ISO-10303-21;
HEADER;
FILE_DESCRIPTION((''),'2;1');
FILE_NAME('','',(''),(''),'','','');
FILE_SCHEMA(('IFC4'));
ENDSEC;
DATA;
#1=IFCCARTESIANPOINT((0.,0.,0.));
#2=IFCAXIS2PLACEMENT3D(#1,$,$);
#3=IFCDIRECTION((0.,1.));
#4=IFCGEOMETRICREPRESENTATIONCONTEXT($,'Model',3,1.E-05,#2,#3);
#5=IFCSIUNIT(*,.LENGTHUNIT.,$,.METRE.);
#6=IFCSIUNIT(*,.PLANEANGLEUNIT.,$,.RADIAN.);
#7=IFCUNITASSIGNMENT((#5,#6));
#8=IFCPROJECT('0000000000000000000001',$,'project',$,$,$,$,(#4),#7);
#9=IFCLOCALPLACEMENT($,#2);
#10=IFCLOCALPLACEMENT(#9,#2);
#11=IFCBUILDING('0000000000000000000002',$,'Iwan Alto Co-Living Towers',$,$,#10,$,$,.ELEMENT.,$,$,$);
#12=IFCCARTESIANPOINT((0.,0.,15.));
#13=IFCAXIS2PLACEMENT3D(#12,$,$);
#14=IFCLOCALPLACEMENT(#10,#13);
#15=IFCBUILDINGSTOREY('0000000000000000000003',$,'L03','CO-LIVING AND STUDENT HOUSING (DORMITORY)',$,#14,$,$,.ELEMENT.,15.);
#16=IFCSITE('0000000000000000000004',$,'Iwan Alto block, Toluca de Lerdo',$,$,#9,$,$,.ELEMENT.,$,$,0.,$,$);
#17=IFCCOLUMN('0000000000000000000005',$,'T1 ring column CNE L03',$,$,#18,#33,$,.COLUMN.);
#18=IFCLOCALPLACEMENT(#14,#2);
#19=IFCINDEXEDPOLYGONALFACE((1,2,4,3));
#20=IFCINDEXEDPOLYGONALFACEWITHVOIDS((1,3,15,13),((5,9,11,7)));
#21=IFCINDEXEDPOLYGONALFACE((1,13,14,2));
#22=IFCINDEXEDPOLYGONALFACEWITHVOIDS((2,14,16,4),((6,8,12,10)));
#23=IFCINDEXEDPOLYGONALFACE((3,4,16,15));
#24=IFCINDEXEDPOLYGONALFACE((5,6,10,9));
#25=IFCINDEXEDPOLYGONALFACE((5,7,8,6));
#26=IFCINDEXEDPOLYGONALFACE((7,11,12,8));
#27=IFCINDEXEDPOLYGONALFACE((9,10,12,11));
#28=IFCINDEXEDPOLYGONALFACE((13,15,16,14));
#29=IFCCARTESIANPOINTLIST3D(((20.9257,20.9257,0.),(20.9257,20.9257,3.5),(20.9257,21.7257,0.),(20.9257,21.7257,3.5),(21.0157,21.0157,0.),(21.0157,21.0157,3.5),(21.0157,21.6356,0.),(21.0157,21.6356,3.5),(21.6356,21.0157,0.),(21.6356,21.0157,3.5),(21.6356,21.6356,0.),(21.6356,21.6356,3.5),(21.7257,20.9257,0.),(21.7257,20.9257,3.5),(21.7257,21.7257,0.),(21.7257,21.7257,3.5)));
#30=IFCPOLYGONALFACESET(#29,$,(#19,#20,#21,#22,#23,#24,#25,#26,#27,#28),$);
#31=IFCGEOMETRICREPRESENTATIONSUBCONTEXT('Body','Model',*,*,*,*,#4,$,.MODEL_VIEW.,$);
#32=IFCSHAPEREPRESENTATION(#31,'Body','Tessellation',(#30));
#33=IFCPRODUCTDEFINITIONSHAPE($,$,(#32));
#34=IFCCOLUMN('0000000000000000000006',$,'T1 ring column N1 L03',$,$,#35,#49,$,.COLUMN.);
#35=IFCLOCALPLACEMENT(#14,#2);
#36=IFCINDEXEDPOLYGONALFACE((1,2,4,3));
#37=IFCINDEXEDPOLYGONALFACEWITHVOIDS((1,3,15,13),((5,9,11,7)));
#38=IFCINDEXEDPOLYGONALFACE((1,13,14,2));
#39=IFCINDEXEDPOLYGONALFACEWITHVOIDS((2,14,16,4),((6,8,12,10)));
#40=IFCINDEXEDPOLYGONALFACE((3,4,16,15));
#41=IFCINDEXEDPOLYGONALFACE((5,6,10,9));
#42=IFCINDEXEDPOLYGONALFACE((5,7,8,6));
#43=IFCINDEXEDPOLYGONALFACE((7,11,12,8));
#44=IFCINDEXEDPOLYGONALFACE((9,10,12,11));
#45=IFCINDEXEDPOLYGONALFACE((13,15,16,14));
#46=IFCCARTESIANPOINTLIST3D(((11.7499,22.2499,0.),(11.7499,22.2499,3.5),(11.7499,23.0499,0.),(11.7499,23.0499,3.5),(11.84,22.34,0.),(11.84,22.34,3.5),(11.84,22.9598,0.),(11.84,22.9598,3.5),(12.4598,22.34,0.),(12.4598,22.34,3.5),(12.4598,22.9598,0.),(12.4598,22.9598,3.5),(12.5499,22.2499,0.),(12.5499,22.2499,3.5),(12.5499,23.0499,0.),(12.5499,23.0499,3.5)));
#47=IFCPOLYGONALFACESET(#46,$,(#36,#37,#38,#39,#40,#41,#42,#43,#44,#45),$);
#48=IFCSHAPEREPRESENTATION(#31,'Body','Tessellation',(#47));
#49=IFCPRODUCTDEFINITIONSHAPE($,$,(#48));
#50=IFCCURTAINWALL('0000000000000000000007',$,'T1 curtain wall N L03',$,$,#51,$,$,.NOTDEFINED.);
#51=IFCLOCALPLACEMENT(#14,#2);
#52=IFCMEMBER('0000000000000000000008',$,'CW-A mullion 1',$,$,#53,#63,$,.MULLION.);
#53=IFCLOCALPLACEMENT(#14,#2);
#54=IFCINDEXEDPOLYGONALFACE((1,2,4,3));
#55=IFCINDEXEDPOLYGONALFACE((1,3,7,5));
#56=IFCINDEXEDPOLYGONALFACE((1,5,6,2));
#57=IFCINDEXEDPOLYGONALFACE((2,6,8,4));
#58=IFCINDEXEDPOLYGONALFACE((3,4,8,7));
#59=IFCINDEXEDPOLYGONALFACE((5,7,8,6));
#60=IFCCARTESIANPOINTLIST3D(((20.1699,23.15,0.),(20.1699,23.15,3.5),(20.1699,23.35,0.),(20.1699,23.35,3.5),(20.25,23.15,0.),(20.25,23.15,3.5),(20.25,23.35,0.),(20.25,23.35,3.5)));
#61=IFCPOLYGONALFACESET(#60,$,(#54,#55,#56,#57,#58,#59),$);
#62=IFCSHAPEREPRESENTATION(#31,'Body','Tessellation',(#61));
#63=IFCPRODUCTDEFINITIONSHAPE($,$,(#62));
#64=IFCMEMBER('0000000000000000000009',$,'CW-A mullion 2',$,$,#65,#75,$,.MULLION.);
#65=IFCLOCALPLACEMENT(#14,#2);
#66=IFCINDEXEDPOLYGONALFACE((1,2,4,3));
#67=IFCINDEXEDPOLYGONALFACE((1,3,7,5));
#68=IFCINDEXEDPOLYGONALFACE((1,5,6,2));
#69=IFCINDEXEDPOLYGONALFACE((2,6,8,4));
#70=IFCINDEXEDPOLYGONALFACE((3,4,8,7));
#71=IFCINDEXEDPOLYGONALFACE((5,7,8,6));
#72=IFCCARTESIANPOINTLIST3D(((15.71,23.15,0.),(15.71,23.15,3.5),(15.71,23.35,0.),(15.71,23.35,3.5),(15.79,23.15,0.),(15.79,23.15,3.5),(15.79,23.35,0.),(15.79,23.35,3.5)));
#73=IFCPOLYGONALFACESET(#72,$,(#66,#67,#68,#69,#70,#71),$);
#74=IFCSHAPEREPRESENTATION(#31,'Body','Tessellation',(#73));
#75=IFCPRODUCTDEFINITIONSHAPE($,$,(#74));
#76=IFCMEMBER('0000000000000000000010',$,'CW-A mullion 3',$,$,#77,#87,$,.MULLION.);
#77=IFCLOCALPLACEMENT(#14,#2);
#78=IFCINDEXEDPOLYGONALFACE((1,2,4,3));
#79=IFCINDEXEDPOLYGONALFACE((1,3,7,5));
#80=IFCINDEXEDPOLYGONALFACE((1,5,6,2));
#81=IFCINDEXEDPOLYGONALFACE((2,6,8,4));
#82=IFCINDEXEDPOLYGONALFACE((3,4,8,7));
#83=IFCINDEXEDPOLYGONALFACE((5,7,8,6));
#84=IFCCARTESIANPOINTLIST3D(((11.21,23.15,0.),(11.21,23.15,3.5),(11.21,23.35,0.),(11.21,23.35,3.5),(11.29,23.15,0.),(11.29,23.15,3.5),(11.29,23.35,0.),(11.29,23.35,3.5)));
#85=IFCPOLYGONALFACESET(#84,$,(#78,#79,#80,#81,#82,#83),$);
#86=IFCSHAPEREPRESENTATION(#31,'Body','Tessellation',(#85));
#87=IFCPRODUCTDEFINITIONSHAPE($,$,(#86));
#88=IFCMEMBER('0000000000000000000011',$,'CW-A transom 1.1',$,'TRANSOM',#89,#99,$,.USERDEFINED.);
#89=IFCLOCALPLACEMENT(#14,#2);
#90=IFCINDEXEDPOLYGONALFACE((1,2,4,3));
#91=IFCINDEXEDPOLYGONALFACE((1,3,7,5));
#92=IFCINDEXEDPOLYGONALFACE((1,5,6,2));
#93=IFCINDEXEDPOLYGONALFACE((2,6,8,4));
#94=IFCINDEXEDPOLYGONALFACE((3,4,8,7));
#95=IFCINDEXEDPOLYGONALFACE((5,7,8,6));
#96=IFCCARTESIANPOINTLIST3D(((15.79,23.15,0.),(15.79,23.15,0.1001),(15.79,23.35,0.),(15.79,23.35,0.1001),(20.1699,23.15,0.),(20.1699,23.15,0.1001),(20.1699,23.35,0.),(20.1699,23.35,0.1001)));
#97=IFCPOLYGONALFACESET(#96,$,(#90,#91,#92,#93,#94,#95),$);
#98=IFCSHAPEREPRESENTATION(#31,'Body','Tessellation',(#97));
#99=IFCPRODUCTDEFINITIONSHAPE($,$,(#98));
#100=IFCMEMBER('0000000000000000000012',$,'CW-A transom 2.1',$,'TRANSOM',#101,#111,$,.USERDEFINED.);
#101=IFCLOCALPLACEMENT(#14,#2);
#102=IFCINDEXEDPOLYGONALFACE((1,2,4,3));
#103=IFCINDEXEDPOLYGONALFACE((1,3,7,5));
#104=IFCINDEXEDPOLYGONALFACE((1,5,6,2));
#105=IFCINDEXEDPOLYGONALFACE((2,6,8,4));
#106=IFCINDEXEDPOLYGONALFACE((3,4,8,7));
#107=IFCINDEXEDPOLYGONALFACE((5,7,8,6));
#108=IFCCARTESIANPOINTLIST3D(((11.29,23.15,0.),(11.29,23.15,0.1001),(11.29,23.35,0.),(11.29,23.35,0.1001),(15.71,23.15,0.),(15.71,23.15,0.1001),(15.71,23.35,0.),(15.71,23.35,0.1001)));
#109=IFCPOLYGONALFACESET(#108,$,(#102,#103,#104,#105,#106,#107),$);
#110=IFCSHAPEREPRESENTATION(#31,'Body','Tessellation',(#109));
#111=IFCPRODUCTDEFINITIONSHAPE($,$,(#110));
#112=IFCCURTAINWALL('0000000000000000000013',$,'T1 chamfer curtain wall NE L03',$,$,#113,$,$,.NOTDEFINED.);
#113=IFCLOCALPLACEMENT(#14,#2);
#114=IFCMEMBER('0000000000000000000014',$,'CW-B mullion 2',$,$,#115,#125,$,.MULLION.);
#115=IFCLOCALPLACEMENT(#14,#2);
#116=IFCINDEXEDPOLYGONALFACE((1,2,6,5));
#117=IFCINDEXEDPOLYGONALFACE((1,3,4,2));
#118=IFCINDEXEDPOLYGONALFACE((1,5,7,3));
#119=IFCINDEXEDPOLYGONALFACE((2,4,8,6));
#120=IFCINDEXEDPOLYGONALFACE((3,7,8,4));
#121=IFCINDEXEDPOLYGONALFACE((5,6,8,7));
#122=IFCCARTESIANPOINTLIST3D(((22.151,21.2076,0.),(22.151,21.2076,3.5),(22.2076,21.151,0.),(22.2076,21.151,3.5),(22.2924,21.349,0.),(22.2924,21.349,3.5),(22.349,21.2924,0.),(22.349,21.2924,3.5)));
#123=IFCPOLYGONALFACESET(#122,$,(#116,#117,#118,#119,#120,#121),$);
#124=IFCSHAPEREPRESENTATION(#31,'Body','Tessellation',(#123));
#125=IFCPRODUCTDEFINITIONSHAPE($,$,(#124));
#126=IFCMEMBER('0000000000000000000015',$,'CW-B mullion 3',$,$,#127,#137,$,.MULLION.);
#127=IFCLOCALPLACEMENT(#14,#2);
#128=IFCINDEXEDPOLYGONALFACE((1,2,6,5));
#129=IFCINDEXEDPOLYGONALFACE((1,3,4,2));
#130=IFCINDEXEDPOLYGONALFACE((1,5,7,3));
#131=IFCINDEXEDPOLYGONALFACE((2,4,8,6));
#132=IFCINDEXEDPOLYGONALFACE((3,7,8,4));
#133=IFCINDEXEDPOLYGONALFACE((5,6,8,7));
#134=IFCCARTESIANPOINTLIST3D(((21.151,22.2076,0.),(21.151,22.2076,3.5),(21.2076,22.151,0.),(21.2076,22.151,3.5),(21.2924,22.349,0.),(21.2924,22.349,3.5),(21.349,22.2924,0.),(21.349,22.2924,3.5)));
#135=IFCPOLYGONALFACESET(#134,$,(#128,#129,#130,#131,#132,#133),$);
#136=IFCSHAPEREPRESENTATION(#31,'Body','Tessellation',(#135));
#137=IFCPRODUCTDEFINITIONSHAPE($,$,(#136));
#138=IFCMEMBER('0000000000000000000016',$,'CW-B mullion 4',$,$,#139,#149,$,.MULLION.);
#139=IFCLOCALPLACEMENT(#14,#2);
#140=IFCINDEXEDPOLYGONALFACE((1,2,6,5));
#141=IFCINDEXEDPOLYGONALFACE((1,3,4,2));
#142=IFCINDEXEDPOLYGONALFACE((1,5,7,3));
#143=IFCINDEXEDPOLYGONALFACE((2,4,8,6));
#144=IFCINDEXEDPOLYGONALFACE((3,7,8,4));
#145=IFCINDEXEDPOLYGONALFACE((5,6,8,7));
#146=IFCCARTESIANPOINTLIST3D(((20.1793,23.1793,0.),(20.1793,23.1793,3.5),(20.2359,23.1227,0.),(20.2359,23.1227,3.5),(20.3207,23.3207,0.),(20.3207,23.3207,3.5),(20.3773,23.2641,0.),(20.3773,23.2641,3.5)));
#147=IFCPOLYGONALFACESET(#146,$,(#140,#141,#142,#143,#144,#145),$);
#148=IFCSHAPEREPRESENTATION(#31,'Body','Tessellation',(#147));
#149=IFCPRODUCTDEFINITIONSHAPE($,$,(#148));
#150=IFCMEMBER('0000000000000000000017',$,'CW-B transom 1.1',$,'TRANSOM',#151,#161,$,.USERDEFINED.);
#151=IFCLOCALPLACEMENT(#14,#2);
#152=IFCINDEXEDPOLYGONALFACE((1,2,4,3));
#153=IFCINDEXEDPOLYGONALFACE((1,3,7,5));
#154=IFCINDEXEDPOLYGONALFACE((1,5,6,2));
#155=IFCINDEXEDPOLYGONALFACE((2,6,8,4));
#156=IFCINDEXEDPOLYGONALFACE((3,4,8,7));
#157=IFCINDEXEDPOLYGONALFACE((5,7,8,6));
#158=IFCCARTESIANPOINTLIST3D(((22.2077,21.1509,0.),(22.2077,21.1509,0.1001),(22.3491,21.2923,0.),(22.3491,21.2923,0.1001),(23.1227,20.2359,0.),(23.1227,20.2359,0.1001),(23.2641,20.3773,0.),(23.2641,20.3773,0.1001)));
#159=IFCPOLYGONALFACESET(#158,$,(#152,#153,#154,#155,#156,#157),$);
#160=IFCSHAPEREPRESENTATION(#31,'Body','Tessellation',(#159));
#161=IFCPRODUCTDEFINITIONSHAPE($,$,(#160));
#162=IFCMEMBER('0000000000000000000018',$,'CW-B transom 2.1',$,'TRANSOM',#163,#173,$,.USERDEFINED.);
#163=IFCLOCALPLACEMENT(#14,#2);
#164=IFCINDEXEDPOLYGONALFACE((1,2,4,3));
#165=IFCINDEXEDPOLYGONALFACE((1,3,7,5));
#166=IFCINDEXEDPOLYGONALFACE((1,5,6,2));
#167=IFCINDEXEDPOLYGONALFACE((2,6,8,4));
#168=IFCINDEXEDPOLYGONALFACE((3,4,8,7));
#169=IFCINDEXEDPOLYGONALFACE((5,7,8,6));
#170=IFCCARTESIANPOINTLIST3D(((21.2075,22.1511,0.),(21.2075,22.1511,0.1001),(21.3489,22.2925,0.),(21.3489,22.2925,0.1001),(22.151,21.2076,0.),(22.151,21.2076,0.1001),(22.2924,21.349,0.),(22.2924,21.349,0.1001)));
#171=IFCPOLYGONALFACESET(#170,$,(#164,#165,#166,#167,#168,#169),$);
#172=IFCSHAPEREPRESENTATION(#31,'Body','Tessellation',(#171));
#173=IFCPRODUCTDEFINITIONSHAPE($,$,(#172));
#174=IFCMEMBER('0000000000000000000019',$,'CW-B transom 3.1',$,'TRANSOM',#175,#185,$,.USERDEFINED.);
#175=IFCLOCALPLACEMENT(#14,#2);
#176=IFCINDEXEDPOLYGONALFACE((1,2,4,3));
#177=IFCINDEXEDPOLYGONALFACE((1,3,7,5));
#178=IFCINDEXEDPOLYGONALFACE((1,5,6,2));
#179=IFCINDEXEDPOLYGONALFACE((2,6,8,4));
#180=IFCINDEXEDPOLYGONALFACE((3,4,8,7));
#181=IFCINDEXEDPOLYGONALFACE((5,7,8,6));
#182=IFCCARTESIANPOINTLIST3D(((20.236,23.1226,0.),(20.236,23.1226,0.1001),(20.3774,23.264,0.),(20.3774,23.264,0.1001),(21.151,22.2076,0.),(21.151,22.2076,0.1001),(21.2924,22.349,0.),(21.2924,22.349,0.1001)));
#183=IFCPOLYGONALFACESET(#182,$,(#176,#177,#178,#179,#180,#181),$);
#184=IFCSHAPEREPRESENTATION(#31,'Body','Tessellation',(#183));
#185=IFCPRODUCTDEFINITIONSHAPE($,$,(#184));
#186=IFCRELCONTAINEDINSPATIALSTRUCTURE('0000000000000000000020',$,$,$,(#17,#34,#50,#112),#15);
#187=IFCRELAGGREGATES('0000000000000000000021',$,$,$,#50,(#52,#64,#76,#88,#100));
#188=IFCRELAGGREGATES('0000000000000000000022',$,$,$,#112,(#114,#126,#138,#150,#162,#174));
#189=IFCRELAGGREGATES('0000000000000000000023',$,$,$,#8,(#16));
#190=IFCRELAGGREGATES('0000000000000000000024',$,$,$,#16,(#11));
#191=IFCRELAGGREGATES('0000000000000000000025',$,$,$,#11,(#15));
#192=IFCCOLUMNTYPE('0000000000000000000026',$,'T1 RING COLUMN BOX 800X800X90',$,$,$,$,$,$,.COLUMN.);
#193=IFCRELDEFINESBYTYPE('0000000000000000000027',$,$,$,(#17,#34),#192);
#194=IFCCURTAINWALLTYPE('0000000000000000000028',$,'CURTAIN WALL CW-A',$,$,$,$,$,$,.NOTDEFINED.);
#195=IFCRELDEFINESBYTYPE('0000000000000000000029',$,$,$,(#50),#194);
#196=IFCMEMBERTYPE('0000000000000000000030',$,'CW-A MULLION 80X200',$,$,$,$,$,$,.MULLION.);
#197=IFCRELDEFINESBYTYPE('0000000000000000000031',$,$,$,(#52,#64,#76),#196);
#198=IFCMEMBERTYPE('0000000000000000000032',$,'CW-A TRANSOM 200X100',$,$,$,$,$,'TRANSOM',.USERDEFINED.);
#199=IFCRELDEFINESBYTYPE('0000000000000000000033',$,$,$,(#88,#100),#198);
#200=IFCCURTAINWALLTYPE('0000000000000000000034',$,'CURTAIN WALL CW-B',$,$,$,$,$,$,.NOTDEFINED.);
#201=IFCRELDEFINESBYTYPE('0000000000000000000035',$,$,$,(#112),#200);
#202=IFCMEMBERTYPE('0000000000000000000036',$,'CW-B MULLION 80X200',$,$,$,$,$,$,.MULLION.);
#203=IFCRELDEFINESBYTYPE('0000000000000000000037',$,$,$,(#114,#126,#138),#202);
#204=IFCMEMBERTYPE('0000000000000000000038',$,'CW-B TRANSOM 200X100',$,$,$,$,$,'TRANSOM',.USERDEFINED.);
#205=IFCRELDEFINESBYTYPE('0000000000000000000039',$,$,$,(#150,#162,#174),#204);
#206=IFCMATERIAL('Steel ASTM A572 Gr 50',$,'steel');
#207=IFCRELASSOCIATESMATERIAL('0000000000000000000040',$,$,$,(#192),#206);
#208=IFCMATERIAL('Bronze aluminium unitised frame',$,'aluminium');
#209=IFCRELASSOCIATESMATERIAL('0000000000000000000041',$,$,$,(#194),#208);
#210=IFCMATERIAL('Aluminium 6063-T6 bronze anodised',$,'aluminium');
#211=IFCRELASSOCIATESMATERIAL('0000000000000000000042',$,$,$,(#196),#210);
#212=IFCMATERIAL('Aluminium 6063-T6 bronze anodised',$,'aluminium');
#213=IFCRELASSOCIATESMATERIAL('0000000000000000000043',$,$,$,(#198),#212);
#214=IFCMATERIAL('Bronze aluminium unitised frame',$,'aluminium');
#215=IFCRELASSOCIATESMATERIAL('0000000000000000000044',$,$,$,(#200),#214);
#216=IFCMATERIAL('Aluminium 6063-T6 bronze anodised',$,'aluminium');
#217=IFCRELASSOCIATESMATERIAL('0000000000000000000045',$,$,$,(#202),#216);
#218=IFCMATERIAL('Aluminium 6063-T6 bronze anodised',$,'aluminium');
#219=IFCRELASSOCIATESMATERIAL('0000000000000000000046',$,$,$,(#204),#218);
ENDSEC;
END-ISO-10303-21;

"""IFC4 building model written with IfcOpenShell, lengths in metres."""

from ifc_helpers import new_model, si_unit, direction, frame, origin, origin_2d, place, context, subcontext, project, spatial, rectangle, hollow_rectangle, extrude, material, material_profile, profile_set, type_object, element, aggregate, save


model = new_model("IFC4")

# Units and contexts
model_context = context("Model", 3, precision=1e-05, world=origin(), true_north=direction((0.0, 1.0)))
body_context = subcontext(model_context, "Body", "Model", "MODEL_VIEW")
ifc_project = project(units=[si_unit("LENGTHUNIT", "METRE"), si_unit("PLANEANGLEUNIT", "RADIAN")], contexts=[model_context])

# Site, building, storey
site_placement = place(None, origin())
site = spatial("IfcSite", under=ifc_project, at=site_placement, Name="Iwan Alto block, Toluca de Lerdo", CompositionType="ELEMENT", RefElevation=0.0)
building_placement = place(site_placement, origin())
building = spatial("IfcBuilding", under=site, at=building_placement, Name="Iwan Alto Co-Living Towers", CompositionType="ELEMENT")
storey_placement = place(building_placement, frame((0.0, 0.0, 15.0)))
storey = spatial("IfcBuildingStorey", under=building, at=storey_placement, Name="L03", Description="CO-LIVING AND STUDENT HOUSING (DORMITORY)", CompositionType="ELEMENT", Elevation=15.0)

# Columns
ifc_material_1 = material(Name="Steel ASTM A572 Gr 50", Category="steel")
ifc_material_profile_1 = material_profile(ifc_material_1, hollow_rectangle(XDim=0.8, YDim=0.8, WallThickness=0.0901, at=origin_2d()), Name="BOX 800X800X90")
ifc_profile_set_1 = profile_set([ifc_material_profile_1], Name="Steel ASTM A572 Gr 50")
column_type = type_object("IfcColumnType", Name="T1 RING COLUMN BOX 800X800X90", PredefinedType="COLUMN", material=ifc_profile_set_1)
for number, where, z_axis, x_axis, name in (
    (1, (21.3257, 21.3257, 0.0), (0.0, 0.0, 1.0), (1.0, 0.0, 0.0), "T1 ring column CNE L03"),
    (2, (12.1499, 22.6499, 0.0), (0.0, 0.0, 1.0), (1.0, 0.0, 0.0), "T1 ring column N1 L03"),
):
    element("IfcColumn", number, at=place(storey_placement, frame(where, z_axis=z_axis, x_axis=x_axis)), inside=storey, type_object=column_type, Name=name, PredefinedType="COLUMN", context=body_context, shape_type="SweptSolid", body=[
        extrude(hollow_rectangle(XDim=0.8, YDim=0.8, WallThickness=0.0901, at=origin_2d()), origin(), (0.0, 0.0, 1.0), 3.5),
    ])

# Curtain walls, members
ifc_material_2 = material(Name="Bronze aluminium unitised frame", Category="aluminium")
curtain_wall_type_1 = type_object("IfcCurtainWallType", Name="CURTAIN WALL CW-A", PredefinedType="NOTDEFINED", material=ifc_material_2)
curtain_wall_1_placement = place(storey_placement, origin())
curtain_wall_1 = element("IfcCurtainWall", 3, at=curtain_wall_1_placement, inside=storey, type_object=curtain_wall_type_1, Name="T1 curtain wall N L03", PredefinedType="NOTDEFINED")
ifc_material_3 = material(Name="Aluminium 6063-T6 bronze anodised", Category="aluminium")
ifc_material_profile_2 = material_profile(ifc_material_3, rectangle(XDim=0.2, YDim=0.0801, at=origin_2d()), Name="AL 80X200")
ifc_profile_set_2 = profile_set([ifc_material_profile_2], Name="Aluminium 6063-T6 bronze anodised")
member_type_1 = type_object("IfcMemberType", Name="CW-A MULLION 80X200", PredefinedType="MULLION", material=ifc_profile_set_2)
member_1_placement = place(storey_placement, frame((20.21, 23.25, 0.0), z_axis=(0.0, 0.0, 1.0), x_axis=(0.0, -1.0, 0.0)))
member_1 = element("IfcMember", 4, at=member_1_placement, type_object=member_type_1, Name="CW-A mullion 1", PredefinedType="MULLION", context=body_context, shape_type="SweptSolid", body=[
    extrude(rectangle(XDim=0.2, YDim=0.0801, at=origin_2d()), origin(), (0.0, 0.0, 1.0), 3.5),
])
member_2_placement = place(storey_placement, frame((15.75, 23.25, 0.0), z_axis=(0.0, 0.0, 1.0), x_axis=(0.0, -1.0, 0.0)))
member_2 = element("IfcMember", 5, at=member_2_placement, type_object=member_type_1, Name="CW-A mullion 2", PredefinedType="MULLION", context=body_context, shape_type="SweptSolid", body=[
    extrude(rectangle(XDim=0.2, YDim=0.0801, at=origin_2d()), origin(), (0.0, 0.0, 1.0), 3.5),
])
member_3_placement = place(storey_placement, frame((11.25, 23.25, 0.0), z_axis=(0.0, 0.0, 1.0), x_axis=(0.0, -1.0, 0.0)))
member_3 = element("IfcMember", 6, at=member_3_placement, type_object=member_type_1, Name="CW-A mullion 3", PredefinedType="MULLION", context=body_context, shape_type="SweptSolid", body=[
    extrude(rectangle(XDim=0.2, YDim=0.0801, at=origin_2d()), origin(), (0.0, 0.0, 1.0), 3.5),
])
ifc_material_4 = material(Name="Aluminium 6063-T6 bronze anodised", Category="aluminium")
ifc_material_profile_3 = material_profile(ifc_material_4, rectangle(XDim=0.2, YDim=0.1001, at=origin_2d()), Name="AL 200X100")
ifc_profile_set_3 = profile_set([ifc_material_profile_3], Name="Aluminium 6063-T6 bronze anodised")
member_type_2 = type_object("IfcMemberType", Name="CW-A TRANSOM 200X100", ElementType="TRANSOM", PredefinedType="USERDEFINED", material=ifc_profile_set_3)
member_4_placement = place(storey_placement, frame((20.1699, 23.25, 0.05), z_axis=(-1.0, 0.0, 0.0), x_axis=(0.0, -1.0, 0.0)))
member_4 = element("IfcMember", 7, at=member_4_placement, type_object=member_type_2, Name="CW-A transom 1.1", ObjectType="TRANSOM", PredefinedType="USERDEFINED", context=body_context, shape_type="SweptSolid", body=[
    extrude(rectangle(XDim=0.2, YDim=0.1001, at=origin_2d()), origin(), (0.0, 0.0, 1.0), 4.3799),
])
member_5_placement = place(storey_placement, frame((15.71, 23.25, 0.05), z_axis=(-1.0, 0.0, 0.0), x_axis=(0.0, -1.0, 0.0)))
member_5 = element("IfcMember", 8, at=member_5_placement, type_object=member_type_2, Name="CW-A transom 2.1", ObjectType="TRANSOM", PredefinedType="USERDEFINED", context=body_context, shape_type="SweptSolid", body=[
    extrude(rectangle(XDim=0.2, YDim=0.1001, at=origin_2d()), origin(), (0.0, 0.0, 1.0), 4.4199),
])
ifc_material_5 = material(Name="Bronze aluminium unitised frame", Category="aluminium")
curtain_wall_type_2 = type_object("IfcCurtainWallType", Name="CURTAIN WALL CW-B", PredefinedType="NOTDEFINED", material=ifc_material_5)
curtain_wall_2_placement = place(storey_placement, origin())
curtain_wall_2 = element("IfcCurtainWall", 9, at=curtain_wall_2_placement, inside=storey, type_object=curtain_wall_type_2, Name="T1 chamfer curtain wall NE L03", PredefinedType="NOTDEFINED")
ifc_material_6 = material(Name="Aluminium 6063-T6 bronze anodised", Category="aluminium")
ifc_material_profile_4 = material_profile(ifc_material_6, rectangle(XDim=0.2, YDim=0.0801, at=origin_2d()), Name="AL 80X200")
ifc_profile_set_4 = profile_set([ifc_material_profile_4], Name="Aluminium 6063-T6 bronze anodised")
member_type_3 = type_object("IfcMemberType", Name="CW-B MULLION 80X200", PredefinedType="MULLION", material=ifc_profile_set_4)
member_6_placement = place(storey_placement, frame((22.25, 21.25, 0.0), z_axis=(0.0, 0.0, 1.0), x_axis=(-0.707107, -0.707107, 0.0)))
member_6 = element("IfcMember", 10, at=member_6_placement, type_object=member_type_3, Name="CW-B mullion 2", PredefinedType="MULLION", context=body_context, shape_type="SweptSolid", body=[
    extrude(rectangle(XDim=0.2, YDim=0.0801, at=origin_2d()), origin(), (0.0, 0.0, 1.0), 3.5),
])
member_7_placement = place(storey_placement, frame((21.25, 22.25, 0.0), z_axis=(0.0, 0.0, 1.0), x_axis=(-0.707107, -0.707107, 0.0)))
member_7 = element("IfcMember", 11, at=member_7_placement, type_object=member_type_3, Name="CW-B mullion 3", PredefinedType="MULLION", context=body_context, shape_type="SweptSolid", body=[
    extrude(rectangle(XDim=0.2, YDim=0.0801, at=origin_2d()), origin(), (0.0, 0.0, 1.0), 3.5),
])
member_8_placement = place(storey_placement, frame((20.2783, 23.2217, 0.0), z_axis=(0.0, 0.0, 1.0), x_axis=(-0.707107, -0.707107, 0.0)))
member_8 = element("IfcMember", 12, at=member_8_placement, type_object=member_type_3, Name="CW-B mullion 4", PredefinedType="MULLION", context=body_context, shape_type="SweptSolid", body=[
    extrude(rectangle(XDim=0.2, YDim=0.0801, at=origin_2d()), origin(), (0.0, 0.0, 1.0), 3.5),
])
ifc_material_7 = material(Name="Aluminium 6063-T6 bronze anodised", Category="aluminium")
ifc_material_profile_5 = material_profile(ifc_material_7, rectangle(XDim=0.2, YDim=0.1001, at=origin_2d()), Name="AL 200X100")
ifc_profile_set_5 = profile_set([ifc_material_profile_5], Name="Aluminium 6063-T6 bronze anodised")
member_type_4 = type_object("IfcMemberType", Name="CW-B TRANSOM 200X100", ElementType="TRANSOM", PredefinedType="USERDEFINED", material=ifc_profile_set_5)
member_9_placement = place(storey_placement, frame((23.1934, 20.3066, 0.05), z_axis=(-0.707107, 0.707107, 0.0), x_axis=(-0.707107, -0.707107, 0.0)))
member_9 = element("IfcMember", 13, at=member_9_placement, type_object=member_type_4, Name="CW-B transom 1.1", ObjectType="TRANSOM", PredefinedType="USERDEFINED", context=body_context, shape_type="SweptSolid", body=[
    extrude(rectangle(XDim=0.2, YDim=0.1001, at=origin_2d()), origin(), (0.0, 0.0, 1.0), 1.2939),
])
member_10_placement = place(storey_placement, frame((22.2217, 21.2783, 0.05), z_axis=(-0.707107, 0.707107, 0.0), x_axis=(-0.707107, -0.707107, 0.0)))
member_10 = element("IfcMember", 14, at=member_10_placement, type_object=member_type_4, Name="CW-B transom 2.1", ObjectType="TRANSOM", PredefinedType="USERDEFINED", context=body_context, shape_type="SweptSolid", body=[
    extrude(rectangle(XDim=0.2, YDim=0.1001, at=origin_2d()), origin(), (0.0, 0.0, 1.0), 1.3342),
])
member_11_placement = place(storey_placement, frame((21.2217, 22.2783, 0.05), z_axis=(-0.707107, 0.707107, 0.0), x_axis=(-0.707107, -0.707107, 0.0)))
member_11 = element("IfcMember", 15, at=member_11_placement, type_object=member_type_4, Name="CW-B transom 3.1", ObjectType="TRANSOM", PredefinedType="USERDEFINED", context=body_context, shape_type="SweptSolid", body=[
    extrude(rectangle(XDim=0.2, YDim=0.1001, at=origin_2d()), origin(), (0.0, 0.0, 1.0), 1.2939),
])

aggregate(curtain_wall_1, [member_1, member_2, member_3, member_4, member_5])
aggregate(curtain_wall_2, [member_6, member_7, member_8, member_9, member_10, member_11])

save(model, "model.ifc")
